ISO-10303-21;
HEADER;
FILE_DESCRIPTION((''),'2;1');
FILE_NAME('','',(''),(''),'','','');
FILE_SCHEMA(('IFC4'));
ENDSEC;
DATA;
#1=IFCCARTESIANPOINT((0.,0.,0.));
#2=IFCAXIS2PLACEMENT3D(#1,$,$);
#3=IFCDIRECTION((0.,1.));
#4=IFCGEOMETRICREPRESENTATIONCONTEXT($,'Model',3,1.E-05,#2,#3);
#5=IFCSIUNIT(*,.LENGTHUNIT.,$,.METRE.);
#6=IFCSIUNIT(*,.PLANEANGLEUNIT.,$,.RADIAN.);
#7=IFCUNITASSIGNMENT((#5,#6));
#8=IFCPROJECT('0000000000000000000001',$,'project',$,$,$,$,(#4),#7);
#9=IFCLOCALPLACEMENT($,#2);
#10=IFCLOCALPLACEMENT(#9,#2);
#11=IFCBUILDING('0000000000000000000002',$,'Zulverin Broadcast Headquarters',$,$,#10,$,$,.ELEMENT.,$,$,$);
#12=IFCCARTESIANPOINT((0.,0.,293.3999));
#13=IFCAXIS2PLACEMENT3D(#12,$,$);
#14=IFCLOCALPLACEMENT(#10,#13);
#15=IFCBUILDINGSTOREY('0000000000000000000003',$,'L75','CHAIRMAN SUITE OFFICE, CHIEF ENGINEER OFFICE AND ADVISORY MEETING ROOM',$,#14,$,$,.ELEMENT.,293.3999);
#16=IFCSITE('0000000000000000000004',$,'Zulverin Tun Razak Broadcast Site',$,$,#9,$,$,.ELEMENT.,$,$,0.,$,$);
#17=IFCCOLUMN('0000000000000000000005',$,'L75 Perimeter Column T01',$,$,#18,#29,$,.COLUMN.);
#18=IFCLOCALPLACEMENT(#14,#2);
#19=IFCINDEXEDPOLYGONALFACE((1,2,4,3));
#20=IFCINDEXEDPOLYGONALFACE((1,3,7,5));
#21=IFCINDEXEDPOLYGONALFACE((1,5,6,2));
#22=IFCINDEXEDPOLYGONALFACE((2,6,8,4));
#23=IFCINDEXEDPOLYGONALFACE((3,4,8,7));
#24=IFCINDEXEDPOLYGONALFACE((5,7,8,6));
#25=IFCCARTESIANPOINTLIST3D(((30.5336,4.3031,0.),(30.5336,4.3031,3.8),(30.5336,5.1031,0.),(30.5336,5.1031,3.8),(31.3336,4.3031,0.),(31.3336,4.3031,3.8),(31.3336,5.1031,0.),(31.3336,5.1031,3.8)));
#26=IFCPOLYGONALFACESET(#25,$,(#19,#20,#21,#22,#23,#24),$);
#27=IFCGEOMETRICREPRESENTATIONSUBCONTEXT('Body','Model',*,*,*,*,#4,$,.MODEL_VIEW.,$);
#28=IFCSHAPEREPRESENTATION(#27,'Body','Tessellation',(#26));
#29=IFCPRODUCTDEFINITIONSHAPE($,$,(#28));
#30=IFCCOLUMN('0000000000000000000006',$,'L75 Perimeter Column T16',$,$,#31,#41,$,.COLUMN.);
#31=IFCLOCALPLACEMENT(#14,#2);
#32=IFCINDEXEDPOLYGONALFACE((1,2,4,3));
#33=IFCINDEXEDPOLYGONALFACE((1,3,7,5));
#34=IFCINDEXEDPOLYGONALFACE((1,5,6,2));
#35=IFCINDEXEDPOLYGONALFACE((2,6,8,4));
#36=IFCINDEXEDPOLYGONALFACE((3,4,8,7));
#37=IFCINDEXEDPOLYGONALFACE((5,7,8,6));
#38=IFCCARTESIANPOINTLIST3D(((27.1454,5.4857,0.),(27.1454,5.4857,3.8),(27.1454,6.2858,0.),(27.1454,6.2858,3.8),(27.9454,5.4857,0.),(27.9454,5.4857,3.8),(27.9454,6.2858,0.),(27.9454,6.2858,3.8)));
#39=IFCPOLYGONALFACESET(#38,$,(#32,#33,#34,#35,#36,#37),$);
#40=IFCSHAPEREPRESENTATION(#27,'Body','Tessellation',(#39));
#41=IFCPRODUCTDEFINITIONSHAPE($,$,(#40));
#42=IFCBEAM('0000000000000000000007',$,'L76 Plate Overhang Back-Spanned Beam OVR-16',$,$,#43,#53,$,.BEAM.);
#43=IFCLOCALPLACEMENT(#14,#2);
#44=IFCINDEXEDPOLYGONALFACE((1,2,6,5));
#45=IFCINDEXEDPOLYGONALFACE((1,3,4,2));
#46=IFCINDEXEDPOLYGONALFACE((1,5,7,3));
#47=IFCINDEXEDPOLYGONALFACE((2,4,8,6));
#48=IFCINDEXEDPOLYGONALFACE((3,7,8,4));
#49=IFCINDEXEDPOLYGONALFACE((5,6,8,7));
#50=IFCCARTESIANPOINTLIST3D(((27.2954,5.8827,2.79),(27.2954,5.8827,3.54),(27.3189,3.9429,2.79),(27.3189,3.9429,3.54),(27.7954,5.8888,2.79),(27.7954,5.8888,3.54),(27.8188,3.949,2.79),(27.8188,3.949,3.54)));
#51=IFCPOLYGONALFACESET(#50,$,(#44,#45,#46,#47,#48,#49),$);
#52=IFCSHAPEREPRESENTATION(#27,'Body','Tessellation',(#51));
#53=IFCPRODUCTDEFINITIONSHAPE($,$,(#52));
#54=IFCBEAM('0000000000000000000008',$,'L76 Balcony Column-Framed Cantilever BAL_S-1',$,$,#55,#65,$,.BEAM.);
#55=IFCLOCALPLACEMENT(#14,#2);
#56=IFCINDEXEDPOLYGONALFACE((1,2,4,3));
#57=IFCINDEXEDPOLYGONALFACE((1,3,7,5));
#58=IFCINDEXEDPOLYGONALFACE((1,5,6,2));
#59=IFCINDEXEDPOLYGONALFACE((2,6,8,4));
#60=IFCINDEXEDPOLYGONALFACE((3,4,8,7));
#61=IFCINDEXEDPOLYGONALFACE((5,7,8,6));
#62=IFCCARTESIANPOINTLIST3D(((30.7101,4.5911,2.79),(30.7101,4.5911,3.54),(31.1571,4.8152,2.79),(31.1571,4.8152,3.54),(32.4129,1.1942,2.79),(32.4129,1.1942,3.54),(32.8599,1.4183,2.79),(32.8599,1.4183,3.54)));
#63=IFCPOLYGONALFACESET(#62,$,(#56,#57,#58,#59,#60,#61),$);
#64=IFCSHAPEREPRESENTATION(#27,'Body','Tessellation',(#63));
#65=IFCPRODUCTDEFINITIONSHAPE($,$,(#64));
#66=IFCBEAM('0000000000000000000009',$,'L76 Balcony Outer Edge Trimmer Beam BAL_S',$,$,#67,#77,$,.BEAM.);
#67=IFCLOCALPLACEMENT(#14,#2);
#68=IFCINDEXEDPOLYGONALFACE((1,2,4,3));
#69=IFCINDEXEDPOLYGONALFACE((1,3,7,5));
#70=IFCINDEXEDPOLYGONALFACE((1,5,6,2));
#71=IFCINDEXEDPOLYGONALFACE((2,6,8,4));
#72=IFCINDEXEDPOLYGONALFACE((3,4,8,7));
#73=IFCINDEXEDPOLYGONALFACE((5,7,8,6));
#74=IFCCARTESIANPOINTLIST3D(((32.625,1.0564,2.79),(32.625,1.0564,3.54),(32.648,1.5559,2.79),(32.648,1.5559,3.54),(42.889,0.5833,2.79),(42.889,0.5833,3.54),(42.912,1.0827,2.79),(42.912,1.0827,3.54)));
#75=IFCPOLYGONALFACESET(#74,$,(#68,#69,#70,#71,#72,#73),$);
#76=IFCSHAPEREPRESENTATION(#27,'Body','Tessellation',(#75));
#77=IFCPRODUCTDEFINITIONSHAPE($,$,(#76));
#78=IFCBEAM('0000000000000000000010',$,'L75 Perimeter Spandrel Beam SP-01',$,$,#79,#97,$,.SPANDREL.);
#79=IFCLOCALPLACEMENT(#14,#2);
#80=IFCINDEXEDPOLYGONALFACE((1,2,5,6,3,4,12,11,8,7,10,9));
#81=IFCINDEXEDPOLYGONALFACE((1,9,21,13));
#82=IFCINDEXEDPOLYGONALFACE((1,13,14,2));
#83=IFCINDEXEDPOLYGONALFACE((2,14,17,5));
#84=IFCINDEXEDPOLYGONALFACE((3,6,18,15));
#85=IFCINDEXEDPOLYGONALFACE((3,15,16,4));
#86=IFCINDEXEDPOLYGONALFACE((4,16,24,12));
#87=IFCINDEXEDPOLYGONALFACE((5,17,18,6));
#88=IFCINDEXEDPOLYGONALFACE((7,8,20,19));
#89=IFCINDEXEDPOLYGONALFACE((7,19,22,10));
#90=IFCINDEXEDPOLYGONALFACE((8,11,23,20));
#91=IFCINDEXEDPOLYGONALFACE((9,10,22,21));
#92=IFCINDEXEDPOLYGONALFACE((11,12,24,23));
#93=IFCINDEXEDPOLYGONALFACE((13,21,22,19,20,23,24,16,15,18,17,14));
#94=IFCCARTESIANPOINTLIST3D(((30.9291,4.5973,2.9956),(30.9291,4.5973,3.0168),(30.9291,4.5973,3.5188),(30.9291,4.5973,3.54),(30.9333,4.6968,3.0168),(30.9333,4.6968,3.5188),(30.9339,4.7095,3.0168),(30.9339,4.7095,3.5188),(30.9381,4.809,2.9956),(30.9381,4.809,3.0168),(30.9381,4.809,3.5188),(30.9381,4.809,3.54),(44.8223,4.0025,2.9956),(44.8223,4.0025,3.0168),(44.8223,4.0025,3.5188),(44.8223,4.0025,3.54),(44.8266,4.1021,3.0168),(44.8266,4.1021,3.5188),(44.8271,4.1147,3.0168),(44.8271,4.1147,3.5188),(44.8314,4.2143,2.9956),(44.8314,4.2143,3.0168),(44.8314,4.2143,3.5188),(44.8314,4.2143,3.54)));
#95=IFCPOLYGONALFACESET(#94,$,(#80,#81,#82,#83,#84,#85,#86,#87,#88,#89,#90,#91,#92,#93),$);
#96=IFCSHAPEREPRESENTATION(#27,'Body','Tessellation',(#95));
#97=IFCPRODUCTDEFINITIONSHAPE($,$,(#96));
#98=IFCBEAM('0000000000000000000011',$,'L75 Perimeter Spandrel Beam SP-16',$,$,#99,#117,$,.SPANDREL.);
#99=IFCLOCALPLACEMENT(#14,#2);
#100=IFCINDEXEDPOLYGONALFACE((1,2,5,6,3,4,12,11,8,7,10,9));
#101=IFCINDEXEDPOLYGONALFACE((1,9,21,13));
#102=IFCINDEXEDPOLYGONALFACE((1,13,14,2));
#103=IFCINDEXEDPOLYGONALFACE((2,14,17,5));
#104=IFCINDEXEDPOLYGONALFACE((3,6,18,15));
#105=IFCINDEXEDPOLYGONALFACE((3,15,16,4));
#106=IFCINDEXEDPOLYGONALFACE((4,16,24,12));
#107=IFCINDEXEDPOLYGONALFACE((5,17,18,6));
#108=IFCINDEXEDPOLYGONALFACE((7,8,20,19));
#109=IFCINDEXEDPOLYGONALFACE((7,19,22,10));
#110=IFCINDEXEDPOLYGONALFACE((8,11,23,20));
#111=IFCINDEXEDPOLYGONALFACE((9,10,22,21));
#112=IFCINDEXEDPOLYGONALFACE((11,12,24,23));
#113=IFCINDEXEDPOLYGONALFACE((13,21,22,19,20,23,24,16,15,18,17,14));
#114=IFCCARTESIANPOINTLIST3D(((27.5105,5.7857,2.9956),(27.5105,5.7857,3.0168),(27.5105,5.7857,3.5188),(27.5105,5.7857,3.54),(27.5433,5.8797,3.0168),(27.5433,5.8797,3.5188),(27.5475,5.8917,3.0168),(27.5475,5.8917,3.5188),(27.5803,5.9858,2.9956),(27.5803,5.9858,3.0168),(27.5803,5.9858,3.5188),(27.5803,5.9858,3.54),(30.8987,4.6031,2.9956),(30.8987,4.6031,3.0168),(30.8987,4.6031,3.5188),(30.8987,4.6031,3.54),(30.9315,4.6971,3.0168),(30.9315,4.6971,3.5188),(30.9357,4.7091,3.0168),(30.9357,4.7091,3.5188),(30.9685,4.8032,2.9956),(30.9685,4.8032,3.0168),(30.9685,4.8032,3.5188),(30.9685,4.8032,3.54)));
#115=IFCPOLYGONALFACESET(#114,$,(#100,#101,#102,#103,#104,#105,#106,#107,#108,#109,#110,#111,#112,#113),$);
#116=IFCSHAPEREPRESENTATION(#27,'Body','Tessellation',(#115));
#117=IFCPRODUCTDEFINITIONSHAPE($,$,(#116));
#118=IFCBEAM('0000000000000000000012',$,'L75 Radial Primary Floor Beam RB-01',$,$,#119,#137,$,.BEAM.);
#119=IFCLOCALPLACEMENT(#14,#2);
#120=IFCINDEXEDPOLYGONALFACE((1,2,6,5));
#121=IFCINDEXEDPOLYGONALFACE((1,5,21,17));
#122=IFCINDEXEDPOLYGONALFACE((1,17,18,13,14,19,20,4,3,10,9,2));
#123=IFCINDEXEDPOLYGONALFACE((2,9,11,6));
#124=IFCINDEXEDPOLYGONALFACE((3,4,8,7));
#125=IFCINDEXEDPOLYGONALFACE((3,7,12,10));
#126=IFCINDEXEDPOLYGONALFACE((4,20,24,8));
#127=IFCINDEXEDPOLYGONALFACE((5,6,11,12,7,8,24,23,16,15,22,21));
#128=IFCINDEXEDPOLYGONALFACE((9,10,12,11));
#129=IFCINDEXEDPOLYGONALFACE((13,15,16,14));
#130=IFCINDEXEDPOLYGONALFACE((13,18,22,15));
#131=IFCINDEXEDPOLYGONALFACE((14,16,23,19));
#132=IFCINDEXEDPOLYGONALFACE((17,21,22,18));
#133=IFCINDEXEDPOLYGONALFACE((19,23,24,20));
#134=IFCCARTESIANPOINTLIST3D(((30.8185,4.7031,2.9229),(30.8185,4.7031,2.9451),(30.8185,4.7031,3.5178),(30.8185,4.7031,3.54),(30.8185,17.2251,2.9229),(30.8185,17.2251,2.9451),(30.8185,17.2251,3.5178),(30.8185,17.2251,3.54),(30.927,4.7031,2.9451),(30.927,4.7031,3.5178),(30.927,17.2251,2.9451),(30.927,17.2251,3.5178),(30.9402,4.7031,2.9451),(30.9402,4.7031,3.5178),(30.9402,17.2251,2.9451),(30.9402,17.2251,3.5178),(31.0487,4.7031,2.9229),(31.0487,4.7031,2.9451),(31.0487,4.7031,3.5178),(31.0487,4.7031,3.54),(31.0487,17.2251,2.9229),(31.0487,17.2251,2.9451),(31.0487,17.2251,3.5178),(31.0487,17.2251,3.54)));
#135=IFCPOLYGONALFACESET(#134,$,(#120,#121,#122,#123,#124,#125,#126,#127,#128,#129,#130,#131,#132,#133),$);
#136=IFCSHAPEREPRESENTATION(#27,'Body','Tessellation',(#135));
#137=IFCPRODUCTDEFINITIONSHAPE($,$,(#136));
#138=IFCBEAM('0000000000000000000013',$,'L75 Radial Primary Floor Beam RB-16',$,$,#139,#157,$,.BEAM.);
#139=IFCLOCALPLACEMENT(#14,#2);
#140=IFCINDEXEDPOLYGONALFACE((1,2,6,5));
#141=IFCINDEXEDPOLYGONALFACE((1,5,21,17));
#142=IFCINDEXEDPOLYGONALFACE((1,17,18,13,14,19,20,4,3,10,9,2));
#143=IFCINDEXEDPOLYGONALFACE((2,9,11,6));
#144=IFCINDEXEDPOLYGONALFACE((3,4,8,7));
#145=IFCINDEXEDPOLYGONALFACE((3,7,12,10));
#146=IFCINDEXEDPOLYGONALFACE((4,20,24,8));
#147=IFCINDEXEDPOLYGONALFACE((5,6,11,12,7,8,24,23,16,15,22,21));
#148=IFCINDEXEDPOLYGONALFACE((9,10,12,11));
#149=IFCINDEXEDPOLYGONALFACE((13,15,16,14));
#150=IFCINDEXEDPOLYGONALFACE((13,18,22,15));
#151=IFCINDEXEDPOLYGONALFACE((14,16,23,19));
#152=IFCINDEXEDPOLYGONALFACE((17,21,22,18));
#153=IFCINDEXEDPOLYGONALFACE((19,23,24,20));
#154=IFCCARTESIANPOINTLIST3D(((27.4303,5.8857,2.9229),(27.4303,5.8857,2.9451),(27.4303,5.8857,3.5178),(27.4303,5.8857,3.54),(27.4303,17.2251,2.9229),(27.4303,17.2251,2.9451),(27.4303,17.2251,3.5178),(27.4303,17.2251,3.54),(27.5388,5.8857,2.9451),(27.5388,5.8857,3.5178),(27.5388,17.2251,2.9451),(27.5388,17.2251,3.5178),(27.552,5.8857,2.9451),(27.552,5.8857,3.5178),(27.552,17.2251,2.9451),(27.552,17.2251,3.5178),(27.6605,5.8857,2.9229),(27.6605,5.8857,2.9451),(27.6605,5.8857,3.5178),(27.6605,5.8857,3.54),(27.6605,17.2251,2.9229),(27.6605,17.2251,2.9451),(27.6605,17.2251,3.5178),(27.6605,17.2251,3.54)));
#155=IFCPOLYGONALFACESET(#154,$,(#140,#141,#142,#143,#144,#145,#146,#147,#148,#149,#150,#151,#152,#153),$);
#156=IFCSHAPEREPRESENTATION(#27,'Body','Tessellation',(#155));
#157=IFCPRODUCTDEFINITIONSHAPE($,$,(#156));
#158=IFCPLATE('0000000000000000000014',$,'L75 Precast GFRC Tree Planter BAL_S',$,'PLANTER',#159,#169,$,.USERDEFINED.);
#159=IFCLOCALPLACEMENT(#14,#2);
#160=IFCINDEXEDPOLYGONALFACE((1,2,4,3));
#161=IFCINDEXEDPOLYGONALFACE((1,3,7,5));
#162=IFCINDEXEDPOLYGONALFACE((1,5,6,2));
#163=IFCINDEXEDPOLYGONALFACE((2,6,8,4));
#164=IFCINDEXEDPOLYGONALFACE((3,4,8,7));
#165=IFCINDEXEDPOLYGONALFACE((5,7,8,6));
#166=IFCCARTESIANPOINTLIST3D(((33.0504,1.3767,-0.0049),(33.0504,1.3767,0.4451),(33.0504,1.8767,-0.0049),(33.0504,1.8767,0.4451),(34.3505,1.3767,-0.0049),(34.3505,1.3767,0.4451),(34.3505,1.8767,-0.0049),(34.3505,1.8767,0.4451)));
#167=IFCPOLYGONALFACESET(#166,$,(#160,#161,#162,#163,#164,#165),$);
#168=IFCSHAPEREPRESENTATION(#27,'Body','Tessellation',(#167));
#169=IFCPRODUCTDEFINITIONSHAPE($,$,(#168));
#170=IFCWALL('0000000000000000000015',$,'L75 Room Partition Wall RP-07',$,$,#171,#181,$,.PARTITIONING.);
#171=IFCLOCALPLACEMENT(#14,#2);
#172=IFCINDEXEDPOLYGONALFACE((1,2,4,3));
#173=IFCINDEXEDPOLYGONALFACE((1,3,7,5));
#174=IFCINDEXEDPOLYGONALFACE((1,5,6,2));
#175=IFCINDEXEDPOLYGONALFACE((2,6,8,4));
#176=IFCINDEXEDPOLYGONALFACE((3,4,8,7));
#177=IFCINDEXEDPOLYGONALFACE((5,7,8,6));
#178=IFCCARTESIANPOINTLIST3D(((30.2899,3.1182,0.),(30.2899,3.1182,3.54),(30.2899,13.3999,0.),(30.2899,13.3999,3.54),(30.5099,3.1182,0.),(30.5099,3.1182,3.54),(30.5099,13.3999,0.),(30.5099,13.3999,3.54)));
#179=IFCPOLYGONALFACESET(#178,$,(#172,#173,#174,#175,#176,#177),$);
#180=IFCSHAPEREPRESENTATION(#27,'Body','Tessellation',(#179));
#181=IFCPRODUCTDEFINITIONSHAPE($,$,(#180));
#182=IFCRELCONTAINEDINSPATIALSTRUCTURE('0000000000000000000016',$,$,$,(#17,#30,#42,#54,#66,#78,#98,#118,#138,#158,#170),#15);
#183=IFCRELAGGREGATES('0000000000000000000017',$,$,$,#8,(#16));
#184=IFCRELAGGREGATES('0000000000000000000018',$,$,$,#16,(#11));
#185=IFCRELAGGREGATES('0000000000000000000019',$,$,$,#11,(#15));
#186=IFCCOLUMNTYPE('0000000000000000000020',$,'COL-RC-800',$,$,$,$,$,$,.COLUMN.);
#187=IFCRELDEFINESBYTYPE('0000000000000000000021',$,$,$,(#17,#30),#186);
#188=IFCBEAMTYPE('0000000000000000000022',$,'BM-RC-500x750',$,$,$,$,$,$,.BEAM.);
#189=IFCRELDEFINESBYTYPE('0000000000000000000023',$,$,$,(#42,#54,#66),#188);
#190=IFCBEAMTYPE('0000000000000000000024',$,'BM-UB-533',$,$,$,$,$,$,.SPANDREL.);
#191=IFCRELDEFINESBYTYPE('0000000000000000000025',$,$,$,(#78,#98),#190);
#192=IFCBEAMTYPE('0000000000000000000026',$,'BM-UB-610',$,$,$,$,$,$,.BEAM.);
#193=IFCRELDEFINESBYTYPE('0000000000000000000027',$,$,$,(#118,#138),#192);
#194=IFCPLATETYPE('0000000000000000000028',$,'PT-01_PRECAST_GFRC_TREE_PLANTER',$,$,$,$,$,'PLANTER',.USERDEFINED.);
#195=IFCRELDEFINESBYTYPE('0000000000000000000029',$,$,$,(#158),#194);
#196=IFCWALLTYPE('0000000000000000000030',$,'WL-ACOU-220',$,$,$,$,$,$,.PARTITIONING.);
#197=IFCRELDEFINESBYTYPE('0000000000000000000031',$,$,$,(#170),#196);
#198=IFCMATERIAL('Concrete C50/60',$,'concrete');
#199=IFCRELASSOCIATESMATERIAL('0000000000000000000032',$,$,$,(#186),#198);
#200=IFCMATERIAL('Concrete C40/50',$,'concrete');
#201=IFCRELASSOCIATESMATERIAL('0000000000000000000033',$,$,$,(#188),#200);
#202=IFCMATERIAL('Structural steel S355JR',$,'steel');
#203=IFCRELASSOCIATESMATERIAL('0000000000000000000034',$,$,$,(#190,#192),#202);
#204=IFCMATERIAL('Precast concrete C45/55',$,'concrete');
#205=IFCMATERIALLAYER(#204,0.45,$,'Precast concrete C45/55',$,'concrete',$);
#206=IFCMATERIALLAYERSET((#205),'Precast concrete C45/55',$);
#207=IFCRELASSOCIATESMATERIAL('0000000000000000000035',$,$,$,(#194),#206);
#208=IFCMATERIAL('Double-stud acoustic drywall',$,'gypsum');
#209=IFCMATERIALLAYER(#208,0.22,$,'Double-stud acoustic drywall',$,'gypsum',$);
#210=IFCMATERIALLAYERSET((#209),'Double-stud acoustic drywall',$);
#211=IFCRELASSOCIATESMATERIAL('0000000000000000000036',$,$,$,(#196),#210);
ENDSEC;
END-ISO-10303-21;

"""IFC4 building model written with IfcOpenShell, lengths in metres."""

from ifc_helpers import new_model, si_unit, direction, frame, frame_2d, origin, origin_2d, place, context, subcontext, project, spatial, rectangle, i_section, extrude, material, layer, layer_set, material_profile, profile_set, type_object, element, save


model = new_model("IFC4")

# Units and contexts
model_context = context("Model", 3, precision=1e-05, world=origin(), true_north=direction((0.0, 1.0)))
body_context = subcontext(model_context, "Body", "Model", "MODEL_VIEW")
ifc_project = project(units=[si_unit("LENGTHUNIT", "METRE"), si_unit("PLANEANGLEUNIT", "RADIAN")], contexts=[model_context])

# Site, building, storey
site_placement = place(None, origin())
site = spatial("IfcSite", under=ifc_project, at=site_placement, Name="Zulverin Tun Razak Broadcast Site", CompositionType="ELEMENT", RefElevation=0.0)
building_placement = place(site_placement, origin())
building = spatial("IfcBuilding", under=site, at=building_placement, Name="Zulverin Broadcast Headquarters", CompositionType="ELEMENT")
storey_placement = place(building_placement, frame((0.0, 0.0, 293.3999)))
storey = spatial("IfcBuildingStorey", under=building, at=storey_placement, Name="L75", Description="CHAIRMAN SUITE OFFICE, CHIEF ENGINEER OFFICE AND ADVISORY MEETING ROOM", CompositionType="ELEMENT", Elevation=293.3999)

# Columns
ifc_material_1 = material(Name="Concrete C50/60", Category="concrete")
ifc_material_profile_1 = material_profile(ifc_material_1, rectangle(XDim=0.8, YDim=0.8, at=origin_2d()), Name="Concrete C50/60", Category="concrete")
ifc_profile_set_1 = profile_set([ifc_material_profile_1], Name="Concrete C50/60")
column_type = type_object("IfcColumnType", Name="COL-RC-800", PredefinedType="COLUMN", material=ifc_profile_set_1)
for number, where, z_axis, x_axis, name in (
    (1, (30.9336, 4.7031, 0.0), (0.0, 0.0, 1.0), (1.0, 0.0, 0.0), "L75 Perimeter Column T01"),
    (2, (27.5454, 5.8857, 0.0), (0.0, 0.0, 1.0), (1.0, 0.0, 0.0), "L75 Perimeter Column T16"),
):
    element("IfcColumn", number, at=place(storey_placement, frame(where, z_axis=z_axis, x_axis=x_axis)), inside=storey, type_object=column_type, Name=name, PredefinedType="COLUMN", context=body_context, shape_type="SweptSolid", body=[
        extrude(rectangle(XDim=0.8, YDim=0.8, at=origin_2d()), origin(), (0.0, 0.0, 1.0), 3.8),
    ])

# Beams
ifc_material_2 = material(Name="Concrete C40/50", Category="concrete")
ifc_material_profile_2 = material_profile(ifc_material_2, rectangle(XDim=0.5, YDim=0.75, at=origin_2d()), Name="Concrete C40/50", Category="concrete")
ifc_profile_set_2 = profile_set([ifc_material_profile_2], Name="Concrete C40/50")
beam_type_1 = type_object("IfcBeamType", Name="BM-RC-500x750", PredefinedType="BEAM", material=ifc_profile_set_2)
beam_1_placement = place(storey_placement, frame((27.5454, 5.8857, 3.165), z_axis=(0.012082, -0.999927, 0.0), x_axis=(0.999927, 0.012082, 0.0)))
element("IfcBeam", 3, at=beam_1_placement, inside=storey, type_object=beam_type_1, Name="L76 Plate Overhang Back-Spanned Beam OVR-16", PredefinedType="BEAM", context=body_context, shape_type="SweptSolid", body=[
    extrude(rectangle(XDim=0.5, YDim=0.75, at=origin_2d()), origin(), (0.0, 0.0, 1.0), 1.9399),
])
beam_2_placement = place(storey_placement, frame((30.9336, 4.7031, 3.165), z_axis=(0.448139, -0.893964, 0.0), x_axis=(0.893964, 0.448139, 0.0)))
element("IfcBeam", 4, at=beam_2_placement, inside=storey, type_object=beam_type_1, Name="L76 Balcony Column-Framed Cantilever BAL_S-1", PredefinedType="BEAM", context=body_context, shape_type="SweptSolid", body=[
    extrude(rectangle(XDim=0.5, YDim=0.75, at=origin_2d()), origin(), (0.0, 0.0, 1.0), 3.7998),
])
beam_3_placement = place(storey_placement, frame((32.6365, 1.3062, 3.165), z_axis=(0.998939, -0.046049, 0.0), x_axis=(0.046049, 0.998939, 0.0)))
element("IfcBeam", 5, at=beam_3_placement, inside=storey, type_object=beam_type_1, Name="L76 Balcony Outer Edge Trimmer Beam BAL_S", PredefinedType="BEAM", context=body_context, shape_type="SweptSolid", body=[
    extrude(rectangle(XDim=0.5, YDim=0.75, at=origin_2d()), origin(), (0.0, 0.0, 1.0), 10.2749),
])
ifc_material_3 = material(Name="Structural steel S355JR", Category="steel")
ifc_material_profile_3 = material_profile(ifc_material_3, i_section(OverallWidth=0.2119, OverallDepth=0.5444, WebThickness=0.0127, FlangeThickness=0.0212, at=origin_2d()), Name="Structural steel S355JR", Category="steel")
ifc_profile_set_3 = profile_set([ifc_material_profile_3], Name="Structural steel S355JR")
beam_type_2 = type_object("IfcBeamType", Name="BM-UB-533", PredefinedType="SPANDREL", material=ifc_profile_set_3)
beam_4_placement = place(storey_placement, frame((30.9336, 4.7031, 3.2678), z_axis=(0.999085, -0.042768, 0.0), x_axis=(0.042768, 0.999085, 0.0)))
element("IfcBeam", 6, at=beam_4_placement, inside=storey, type_object=beam_type_2, Name="L75 Perimeter Spandrel Beam SP-01", PredefinedType="SPANDREL", context=body_context, shape_type="SweptSolid", body=[
    extrude(i_section(OverallWidth=0.2119, OverallDepth=0.5444, WebThickness=0.0127, FlangeThickness=0.0212, at=origin_2d()), origin(), (0.0, 0.0, 1.0), 13.906),
])
beam_5_placement = place(storey_placement, frame((27.5454, 5.8857, 3.2678), z_axis=(0.94414, -0.329544, 0.0), x_axis=(0.329544, 0.94414, 0.0)))
element("IfcBeam", 7, at=beam_5_placement, inside=storey, type_object=beam_type_2, Name="L75 Perimeter Spandrel Beam SP-16", PredefinedType="SPANDREL", context=body_context, shape_type="SweptSolid", body=[
    extrude(i_section(OverallWidth=0.2119, OverallDepth=0.5444, WebThickness=0.0127, FlangeThickness=0.0212, at=origin_2d()), origin(), (0.0, 0.0, 1.0), 3.5886),
])
ifc_material_profile_4 = material_profile(ifc_material_3, i_section(OverallWidth=0.2302, OverallDepth=0.6172, WebThickness=0.0132, FlangeThickness=0.0222, at=origin_2d()), Name="Structural steel S355JR", Category="steel")
ifc_profile_set_4 = profile_set([ifc_material_profile_4], Name="Structural steel S355JR")
beam_type_3 = type_object("IfcBeamType", Name="BM-UB-610", PredefinedType="BEAM", material=ifc_profile_set_4)
beam_6_placement = place(storey_placement, frame((30.9336, 17.2251, 3.2314), z_axis=(0.0, -1.0, 0.0), x_axis=(1.0, 0.0, 0.0)))
element("IfcBeam", 8, at=beam_6_placement, inside=storey, type_object=beam_type_3, Name="L75 Radial Primary Floor Beam RB-01", PredefinedType="BEAM", context=body_context, shape_type="SweptSolid", body=[
    extrude(i_section(OverallWidth=0.2302, OverallDepth=0.6172, WebThickness=0.0132, FlangeThickness=0.0222, at=origin_2d()), origin(), (0.0, 0.0, 1.0), 12.522),
])
beam_7_placement = place(storey_placement, frame((27.5454, 17.2251, 3.2314), z_axis=(0.0, -1.0, 0.0), x_axis=(1.0, 0.0, 0.0)))
element("IfcBeam", 9, at=beam_7_placement, inside=storey, type_object=beam_type_3, Name="L75 Radial Primary Floor Beam RB-16", PredefinedType="BEAM", context=body_context, shape_type="SweptSolid", body=[
    extrude(i_section(OverallWidth=0.2302, OverallDepth=0.6172, WebThickness=0.0132, FlangeThickness=0.0222, at=origin_2d()), origin(), (0.0, 0.0, 1.0), 11.3394),
])

# Plate
ifc_material_4 = material(Name="Precast concrete C45/55", Category="concrete")
ifc_layer_1 = layer(ifc_material_4, 0.45, Name="Precast concrete C45/55", Category="concrete")
ifc_layer_set_1 = layer_set([ifc_layer_1], Name="Precast concrete C45/55")
plate_type = type_object("IfcPlateType", Name="PT-01_PRECAST_GFRC_TREE_PLANTER", ElementType="PLANTER", PredefinedType="USERDEFINED", material=ifc_layer_set_1)
plate_placement = place(storey_placement, frame((33.7004, 1.6267, -0.0049), z_axis=(0.0, 0.0, 1.0), x_axis=(1.0, 0.0, 0.0)))
element("IfcPlate", 10, at=plate_placement, inside=storey, type_object=plate_type, Name="L75 Precast GFRC Tree Planter BAL_S", ObjectType="PLANTER", PredefinedType="USERDEFINED", context=body_context, shape_type="SweptSolid", body=[
    extrude(rectangle(XDim=1.3, YDim=0.5, at=origin_2d()), origin(), (0.0, 0.0, 1.0), 0.45),
])

# Wall
ifc_material_5 = material(Name="Double-stud acoustic drywall", Category="gypsum")
ifc_layer_2 = layer(ifc_material_5, 0.22, Name="Double-stud acoustic drywall", Category="gypsum")
ifc_layer_set_2 = layer_set([ifc_layer_2], Name="Double-stud acoustic drywall")
wall_type_1 = type_object("IfcWallType", Name="WL-ACOU-220", PredefinedType="PARTITIONING", material=ifc_layer_set_2)
wall_1_placement = place(storey_placement, frame((30.3999, 3.1182, 0.0), z_axis=(0.0, 0.0, 1.0), x_axis=(0.0, 1.0, 0.0)))
element("IfcWall", 11, at=wall_1_placement, inside=storey, type_object=wall_type_1, Name="L75 Room Partition Wall RP-07", PredefinedType="PARTITIONING", context=body_context, shape_type="SweptSolid", body=[
    extrude(rectangle(XDim=10.2817, YDim=0.22, at=frame_2d((5.1409, 0.0))), origin(), (0.0, 0.0, 1.0), 3.54),
])

save(model, "model.ifc")
